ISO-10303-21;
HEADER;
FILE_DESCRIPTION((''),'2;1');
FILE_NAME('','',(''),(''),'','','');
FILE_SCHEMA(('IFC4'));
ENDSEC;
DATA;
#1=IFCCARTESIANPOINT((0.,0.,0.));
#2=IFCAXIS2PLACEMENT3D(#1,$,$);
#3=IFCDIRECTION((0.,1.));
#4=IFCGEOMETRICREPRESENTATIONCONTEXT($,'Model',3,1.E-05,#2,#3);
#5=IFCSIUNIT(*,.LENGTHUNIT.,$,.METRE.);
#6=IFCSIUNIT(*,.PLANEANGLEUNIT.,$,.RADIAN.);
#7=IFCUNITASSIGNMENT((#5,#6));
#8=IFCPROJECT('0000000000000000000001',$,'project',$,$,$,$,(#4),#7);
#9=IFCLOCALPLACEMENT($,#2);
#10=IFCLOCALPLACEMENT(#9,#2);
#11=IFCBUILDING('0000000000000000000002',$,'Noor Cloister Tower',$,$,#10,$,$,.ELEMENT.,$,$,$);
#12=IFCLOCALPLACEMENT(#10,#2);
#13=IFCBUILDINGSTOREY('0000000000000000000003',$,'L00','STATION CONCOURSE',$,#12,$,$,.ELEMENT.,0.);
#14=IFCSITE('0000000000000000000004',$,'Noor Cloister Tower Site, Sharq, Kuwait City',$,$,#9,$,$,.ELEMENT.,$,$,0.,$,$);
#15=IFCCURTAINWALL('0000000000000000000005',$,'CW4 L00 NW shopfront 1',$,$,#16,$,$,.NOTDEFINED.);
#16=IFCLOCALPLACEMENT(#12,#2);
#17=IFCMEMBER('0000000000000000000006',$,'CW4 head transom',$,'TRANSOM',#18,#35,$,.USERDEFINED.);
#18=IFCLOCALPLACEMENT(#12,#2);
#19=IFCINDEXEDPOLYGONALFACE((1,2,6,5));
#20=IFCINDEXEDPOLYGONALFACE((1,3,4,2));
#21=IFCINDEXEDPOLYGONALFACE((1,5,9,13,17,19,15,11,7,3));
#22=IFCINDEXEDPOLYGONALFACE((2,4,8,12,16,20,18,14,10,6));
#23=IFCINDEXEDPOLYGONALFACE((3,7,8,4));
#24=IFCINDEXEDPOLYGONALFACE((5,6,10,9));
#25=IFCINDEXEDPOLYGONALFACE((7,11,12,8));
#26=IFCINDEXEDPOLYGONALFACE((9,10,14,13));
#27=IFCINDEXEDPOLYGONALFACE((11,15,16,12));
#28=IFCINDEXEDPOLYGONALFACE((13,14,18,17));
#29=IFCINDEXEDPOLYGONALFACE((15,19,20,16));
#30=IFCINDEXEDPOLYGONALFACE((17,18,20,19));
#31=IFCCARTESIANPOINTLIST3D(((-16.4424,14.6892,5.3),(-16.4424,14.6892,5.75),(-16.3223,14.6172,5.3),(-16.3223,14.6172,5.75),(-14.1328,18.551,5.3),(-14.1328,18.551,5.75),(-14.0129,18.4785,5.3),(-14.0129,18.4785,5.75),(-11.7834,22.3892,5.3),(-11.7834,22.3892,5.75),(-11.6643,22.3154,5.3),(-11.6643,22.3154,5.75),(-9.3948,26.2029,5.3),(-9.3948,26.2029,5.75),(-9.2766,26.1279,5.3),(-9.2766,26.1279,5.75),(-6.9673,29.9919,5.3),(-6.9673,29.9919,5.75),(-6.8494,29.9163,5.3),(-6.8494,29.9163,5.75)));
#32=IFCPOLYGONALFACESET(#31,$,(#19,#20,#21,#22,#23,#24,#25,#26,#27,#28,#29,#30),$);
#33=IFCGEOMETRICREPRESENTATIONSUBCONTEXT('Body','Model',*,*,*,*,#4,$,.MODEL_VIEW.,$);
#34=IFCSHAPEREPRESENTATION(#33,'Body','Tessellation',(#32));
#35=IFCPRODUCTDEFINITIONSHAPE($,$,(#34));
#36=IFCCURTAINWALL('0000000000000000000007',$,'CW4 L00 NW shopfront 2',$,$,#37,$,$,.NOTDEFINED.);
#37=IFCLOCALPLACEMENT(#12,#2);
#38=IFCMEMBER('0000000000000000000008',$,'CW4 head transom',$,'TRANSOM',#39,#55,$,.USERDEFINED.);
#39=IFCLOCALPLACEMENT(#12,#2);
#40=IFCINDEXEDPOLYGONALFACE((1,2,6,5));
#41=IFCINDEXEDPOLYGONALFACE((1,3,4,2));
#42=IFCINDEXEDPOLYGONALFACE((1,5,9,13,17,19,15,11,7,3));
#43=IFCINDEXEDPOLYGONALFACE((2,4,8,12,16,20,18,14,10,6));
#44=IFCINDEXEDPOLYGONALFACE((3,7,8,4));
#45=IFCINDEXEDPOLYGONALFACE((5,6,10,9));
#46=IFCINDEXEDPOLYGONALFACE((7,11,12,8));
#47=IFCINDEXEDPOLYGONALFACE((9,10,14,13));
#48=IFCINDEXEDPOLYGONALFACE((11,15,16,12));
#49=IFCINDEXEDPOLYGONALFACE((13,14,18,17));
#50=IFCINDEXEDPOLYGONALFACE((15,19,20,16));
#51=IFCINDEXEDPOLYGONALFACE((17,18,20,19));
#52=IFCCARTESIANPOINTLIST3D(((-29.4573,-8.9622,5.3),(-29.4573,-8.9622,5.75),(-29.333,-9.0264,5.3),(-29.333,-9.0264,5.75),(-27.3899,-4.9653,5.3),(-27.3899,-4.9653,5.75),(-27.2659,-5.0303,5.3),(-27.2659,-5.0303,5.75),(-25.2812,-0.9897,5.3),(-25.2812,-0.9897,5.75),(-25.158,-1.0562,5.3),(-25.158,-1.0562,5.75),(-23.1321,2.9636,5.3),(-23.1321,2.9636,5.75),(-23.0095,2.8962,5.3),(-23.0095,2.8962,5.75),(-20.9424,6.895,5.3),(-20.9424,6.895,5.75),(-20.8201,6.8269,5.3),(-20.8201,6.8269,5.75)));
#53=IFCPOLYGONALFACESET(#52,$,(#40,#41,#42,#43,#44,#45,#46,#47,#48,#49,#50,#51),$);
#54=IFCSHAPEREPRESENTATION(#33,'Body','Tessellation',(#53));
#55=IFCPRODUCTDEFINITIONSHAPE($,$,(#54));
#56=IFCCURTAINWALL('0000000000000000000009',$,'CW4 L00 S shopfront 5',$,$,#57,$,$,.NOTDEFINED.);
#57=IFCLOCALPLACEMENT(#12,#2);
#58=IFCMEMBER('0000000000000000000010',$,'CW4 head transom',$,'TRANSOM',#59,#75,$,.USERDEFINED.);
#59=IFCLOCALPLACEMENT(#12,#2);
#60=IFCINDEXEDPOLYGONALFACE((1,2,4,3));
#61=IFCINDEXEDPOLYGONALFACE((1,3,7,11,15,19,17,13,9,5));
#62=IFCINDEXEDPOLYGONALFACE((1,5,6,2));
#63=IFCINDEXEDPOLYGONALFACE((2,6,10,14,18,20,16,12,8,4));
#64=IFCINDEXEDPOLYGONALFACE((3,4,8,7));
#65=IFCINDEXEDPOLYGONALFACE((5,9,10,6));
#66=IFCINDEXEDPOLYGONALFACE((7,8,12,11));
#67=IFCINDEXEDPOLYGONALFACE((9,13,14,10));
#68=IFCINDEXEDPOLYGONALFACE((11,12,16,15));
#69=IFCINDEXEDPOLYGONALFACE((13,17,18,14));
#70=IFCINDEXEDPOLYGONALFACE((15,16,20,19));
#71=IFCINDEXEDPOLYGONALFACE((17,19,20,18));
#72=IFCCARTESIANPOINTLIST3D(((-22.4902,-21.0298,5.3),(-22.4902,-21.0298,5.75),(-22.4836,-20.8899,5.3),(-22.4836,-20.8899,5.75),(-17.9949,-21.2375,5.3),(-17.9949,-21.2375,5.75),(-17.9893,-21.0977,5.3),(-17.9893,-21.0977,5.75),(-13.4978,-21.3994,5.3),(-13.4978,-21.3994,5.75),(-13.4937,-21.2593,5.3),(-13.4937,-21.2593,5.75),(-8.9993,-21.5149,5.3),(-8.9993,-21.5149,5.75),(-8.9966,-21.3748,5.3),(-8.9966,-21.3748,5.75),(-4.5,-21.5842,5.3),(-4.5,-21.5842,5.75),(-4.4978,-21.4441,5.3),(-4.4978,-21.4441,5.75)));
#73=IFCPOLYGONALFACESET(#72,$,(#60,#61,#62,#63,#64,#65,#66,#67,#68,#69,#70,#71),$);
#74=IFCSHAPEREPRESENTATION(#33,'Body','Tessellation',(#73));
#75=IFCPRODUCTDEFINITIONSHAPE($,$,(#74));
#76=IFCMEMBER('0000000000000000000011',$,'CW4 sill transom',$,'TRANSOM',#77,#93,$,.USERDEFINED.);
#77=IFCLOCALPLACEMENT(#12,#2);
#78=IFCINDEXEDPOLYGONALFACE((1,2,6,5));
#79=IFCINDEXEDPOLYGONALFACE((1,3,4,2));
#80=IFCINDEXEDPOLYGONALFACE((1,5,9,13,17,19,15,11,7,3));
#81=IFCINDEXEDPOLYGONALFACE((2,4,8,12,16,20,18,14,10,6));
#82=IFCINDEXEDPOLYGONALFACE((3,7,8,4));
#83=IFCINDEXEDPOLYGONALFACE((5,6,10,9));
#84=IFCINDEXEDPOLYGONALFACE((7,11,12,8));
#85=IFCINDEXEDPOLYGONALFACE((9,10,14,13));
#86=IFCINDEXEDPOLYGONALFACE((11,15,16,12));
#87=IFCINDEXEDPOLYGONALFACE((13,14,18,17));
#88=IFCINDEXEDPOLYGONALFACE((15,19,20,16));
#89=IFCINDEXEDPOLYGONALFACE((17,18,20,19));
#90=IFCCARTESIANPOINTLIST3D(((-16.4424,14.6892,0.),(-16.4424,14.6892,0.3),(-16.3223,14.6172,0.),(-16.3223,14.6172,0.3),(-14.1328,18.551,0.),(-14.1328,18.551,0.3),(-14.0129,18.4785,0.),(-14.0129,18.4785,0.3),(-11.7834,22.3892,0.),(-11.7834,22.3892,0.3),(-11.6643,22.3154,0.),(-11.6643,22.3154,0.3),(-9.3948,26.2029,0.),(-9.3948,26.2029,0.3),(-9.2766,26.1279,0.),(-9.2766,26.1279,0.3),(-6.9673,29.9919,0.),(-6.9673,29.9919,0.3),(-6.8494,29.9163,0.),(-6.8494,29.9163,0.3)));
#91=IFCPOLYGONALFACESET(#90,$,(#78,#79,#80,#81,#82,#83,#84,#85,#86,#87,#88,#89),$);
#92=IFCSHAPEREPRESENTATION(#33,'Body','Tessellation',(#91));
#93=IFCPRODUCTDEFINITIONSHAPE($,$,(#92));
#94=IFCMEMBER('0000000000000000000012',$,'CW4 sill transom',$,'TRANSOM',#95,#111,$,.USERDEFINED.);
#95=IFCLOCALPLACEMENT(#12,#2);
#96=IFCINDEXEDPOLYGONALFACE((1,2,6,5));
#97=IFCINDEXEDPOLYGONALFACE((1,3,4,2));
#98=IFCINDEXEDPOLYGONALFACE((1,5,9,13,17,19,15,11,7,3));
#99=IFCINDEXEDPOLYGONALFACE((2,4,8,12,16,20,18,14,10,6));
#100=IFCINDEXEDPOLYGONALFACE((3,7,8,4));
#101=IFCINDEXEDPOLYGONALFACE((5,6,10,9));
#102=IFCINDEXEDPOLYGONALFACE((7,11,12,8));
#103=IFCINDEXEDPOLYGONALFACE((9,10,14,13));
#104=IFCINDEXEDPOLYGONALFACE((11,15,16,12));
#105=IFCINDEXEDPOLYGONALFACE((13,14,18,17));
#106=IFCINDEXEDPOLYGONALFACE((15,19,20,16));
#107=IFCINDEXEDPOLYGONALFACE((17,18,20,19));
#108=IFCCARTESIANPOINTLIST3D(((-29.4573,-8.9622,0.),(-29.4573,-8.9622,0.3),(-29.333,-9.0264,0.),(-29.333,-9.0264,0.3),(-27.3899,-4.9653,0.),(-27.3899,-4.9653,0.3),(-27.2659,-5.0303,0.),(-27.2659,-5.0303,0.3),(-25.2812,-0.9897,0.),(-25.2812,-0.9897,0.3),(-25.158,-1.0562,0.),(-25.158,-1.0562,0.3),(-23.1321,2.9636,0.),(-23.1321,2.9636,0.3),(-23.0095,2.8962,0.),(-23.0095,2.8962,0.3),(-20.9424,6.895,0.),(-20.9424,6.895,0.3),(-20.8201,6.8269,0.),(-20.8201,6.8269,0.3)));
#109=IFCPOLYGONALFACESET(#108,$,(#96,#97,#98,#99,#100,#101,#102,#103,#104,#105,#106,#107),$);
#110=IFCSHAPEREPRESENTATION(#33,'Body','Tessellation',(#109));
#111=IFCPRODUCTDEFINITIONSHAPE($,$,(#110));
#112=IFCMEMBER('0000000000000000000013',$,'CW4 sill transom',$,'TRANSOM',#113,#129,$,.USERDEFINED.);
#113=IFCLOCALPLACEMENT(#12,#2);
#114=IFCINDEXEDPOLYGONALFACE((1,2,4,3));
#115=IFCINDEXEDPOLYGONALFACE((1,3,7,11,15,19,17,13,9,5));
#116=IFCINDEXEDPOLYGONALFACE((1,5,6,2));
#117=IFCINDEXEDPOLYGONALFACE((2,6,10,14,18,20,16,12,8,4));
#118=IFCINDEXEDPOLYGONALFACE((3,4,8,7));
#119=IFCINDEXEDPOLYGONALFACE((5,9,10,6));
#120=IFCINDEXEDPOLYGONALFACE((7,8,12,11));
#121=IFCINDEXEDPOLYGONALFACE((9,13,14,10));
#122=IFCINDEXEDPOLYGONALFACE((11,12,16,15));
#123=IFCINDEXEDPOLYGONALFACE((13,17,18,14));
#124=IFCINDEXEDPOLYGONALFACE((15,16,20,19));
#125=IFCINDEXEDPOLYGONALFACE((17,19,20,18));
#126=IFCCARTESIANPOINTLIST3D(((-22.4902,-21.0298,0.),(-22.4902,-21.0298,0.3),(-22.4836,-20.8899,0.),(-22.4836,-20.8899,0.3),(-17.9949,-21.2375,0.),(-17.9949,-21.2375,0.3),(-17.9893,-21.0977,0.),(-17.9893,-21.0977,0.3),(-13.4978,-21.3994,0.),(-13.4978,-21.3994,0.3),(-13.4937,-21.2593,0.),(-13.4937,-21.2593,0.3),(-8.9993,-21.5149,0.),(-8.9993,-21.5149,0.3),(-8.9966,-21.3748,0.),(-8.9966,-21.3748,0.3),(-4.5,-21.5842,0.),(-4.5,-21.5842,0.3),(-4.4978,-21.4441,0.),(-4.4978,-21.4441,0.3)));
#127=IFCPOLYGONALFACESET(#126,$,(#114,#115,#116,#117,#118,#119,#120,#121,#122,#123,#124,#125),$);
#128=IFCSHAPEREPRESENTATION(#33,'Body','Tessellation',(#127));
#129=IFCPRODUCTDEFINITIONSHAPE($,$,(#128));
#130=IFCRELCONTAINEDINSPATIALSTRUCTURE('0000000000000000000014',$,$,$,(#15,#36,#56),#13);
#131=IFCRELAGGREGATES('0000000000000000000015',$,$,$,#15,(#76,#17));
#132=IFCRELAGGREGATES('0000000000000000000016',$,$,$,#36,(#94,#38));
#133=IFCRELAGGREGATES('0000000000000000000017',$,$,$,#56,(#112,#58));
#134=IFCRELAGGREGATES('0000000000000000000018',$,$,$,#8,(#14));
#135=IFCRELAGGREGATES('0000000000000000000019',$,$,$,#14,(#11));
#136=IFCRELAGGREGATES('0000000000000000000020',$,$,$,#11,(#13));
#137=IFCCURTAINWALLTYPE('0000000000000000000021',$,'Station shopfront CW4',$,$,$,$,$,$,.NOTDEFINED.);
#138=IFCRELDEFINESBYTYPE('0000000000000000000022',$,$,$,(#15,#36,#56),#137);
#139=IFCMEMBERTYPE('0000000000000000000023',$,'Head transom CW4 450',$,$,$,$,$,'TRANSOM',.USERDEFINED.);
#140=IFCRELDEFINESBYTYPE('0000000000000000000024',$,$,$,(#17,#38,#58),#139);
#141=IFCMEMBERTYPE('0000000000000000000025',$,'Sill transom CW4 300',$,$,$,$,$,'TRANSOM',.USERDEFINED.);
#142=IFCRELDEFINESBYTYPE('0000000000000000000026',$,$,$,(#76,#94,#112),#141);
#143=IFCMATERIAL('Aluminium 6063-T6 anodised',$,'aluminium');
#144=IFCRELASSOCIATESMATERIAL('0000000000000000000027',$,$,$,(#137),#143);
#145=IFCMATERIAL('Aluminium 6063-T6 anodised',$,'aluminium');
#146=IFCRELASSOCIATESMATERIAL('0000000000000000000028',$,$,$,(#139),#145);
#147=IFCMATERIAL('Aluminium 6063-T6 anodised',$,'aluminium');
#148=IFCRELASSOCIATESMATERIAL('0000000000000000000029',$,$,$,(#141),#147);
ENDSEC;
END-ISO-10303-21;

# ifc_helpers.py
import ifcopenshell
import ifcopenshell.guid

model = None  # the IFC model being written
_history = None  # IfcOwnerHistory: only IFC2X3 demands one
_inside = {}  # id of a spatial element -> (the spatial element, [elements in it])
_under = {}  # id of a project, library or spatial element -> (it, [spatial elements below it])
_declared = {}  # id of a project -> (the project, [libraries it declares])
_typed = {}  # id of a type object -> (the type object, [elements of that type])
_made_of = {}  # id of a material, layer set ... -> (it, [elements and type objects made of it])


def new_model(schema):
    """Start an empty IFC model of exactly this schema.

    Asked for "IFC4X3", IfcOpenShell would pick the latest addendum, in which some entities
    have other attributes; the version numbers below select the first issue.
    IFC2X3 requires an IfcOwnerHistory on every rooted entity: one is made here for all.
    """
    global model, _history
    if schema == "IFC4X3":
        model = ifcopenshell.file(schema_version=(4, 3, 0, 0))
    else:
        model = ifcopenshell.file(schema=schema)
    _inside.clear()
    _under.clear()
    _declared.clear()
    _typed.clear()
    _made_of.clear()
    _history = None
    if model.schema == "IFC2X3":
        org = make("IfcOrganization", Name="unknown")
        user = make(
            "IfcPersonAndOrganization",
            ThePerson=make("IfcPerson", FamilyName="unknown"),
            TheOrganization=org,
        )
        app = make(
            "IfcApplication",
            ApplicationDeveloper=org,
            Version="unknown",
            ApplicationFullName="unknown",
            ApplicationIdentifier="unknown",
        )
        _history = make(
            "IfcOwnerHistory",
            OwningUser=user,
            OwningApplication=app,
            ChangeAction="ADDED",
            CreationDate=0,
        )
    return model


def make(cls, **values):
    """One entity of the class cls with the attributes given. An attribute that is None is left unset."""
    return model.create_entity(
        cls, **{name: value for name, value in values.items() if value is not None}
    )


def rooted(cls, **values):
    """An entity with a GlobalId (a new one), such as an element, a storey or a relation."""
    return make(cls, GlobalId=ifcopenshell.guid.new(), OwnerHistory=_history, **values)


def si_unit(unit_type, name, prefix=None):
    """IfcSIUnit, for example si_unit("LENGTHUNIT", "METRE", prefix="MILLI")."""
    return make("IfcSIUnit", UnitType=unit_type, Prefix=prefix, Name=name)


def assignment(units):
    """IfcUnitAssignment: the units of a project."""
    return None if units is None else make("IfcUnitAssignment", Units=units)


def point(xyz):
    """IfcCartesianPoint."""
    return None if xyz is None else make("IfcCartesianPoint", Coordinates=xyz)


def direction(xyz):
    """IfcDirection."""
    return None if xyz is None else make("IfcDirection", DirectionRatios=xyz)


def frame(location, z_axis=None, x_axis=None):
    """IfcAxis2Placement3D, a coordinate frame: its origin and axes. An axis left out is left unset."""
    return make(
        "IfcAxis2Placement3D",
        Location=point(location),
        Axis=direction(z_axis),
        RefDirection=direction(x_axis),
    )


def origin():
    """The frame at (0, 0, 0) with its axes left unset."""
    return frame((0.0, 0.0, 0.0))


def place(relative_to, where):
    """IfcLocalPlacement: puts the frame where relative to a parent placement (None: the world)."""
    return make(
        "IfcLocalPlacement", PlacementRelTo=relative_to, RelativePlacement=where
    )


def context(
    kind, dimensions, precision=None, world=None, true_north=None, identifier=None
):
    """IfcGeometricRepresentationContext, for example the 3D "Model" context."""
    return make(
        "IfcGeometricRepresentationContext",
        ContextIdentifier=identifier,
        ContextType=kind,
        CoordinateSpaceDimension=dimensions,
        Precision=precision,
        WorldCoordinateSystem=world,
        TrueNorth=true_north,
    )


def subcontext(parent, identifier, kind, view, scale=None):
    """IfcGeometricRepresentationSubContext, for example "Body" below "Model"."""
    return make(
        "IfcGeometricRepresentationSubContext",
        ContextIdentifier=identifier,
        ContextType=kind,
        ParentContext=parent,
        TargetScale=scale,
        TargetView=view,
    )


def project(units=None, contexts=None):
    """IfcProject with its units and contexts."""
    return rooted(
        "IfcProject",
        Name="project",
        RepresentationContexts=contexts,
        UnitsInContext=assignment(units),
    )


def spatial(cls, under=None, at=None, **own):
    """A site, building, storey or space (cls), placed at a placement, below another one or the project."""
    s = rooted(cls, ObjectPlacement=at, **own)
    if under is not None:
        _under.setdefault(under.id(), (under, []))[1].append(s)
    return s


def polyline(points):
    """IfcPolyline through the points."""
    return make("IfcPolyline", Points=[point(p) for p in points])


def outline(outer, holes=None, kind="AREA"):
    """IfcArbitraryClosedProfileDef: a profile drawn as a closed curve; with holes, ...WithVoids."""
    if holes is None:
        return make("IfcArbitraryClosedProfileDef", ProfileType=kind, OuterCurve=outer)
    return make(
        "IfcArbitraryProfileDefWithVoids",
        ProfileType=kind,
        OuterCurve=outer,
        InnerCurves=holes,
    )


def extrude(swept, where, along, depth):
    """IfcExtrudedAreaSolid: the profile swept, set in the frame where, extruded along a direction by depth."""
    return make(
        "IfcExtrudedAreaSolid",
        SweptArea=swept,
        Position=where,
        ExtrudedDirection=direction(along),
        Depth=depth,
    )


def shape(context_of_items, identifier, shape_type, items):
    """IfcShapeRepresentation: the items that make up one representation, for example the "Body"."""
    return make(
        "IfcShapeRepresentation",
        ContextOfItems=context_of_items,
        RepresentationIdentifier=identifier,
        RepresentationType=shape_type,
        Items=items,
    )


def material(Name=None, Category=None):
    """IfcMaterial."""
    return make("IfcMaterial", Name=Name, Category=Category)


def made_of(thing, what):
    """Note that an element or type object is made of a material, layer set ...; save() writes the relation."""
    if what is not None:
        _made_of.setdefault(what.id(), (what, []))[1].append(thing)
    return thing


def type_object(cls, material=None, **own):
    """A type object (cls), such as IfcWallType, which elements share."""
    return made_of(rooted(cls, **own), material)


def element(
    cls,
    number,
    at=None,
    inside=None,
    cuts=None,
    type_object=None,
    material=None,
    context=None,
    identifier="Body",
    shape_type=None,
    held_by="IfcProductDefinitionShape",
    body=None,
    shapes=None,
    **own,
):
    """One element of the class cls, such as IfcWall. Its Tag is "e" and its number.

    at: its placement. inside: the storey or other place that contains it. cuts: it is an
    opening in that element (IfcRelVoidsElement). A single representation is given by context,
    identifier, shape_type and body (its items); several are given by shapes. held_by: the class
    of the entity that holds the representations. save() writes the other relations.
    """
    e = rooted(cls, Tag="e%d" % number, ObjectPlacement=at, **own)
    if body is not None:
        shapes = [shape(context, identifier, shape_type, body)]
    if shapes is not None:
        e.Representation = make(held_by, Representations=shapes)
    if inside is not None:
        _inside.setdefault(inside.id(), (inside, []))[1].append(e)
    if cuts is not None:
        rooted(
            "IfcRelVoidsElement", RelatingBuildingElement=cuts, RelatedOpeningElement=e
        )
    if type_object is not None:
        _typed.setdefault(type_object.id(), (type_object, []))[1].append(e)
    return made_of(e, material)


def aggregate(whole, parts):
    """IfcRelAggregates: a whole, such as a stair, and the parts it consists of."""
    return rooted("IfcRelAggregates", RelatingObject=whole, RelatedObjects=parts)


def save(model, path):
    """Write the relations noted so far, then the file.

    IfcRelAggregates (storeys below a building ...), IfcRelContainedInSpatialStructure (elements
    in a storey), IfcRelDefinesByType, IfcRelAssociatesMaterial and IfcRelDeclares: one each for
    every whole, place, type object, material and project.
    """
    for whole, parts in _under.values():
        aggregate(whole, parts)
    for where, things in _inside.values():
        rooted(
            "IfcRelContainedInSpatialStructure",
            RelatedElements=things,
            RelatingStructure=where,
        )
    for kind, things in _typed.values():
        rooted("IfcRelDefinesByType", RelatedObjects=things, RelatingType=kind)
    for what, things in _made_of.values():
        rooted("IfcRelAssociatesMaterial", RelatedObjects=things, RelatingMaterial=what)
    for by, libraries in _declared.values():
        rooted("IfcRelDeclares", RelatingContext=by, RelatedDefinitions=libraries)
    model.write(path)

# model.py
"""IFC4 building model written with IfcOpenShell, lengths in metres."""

from ifc_helpers import new_model, si_unit, direction, frame, origin, place, context, subcontext, project, spatial, polyline, outline, extrude, material, type_object, element, aggregate, save


model = new_model("IFC4")

# Units and contexts
model_context = context("Model", 3, precision=1e-05, world=origin(), true_north=direction((0.0, 1.0)))
body_context = subcontext(model_context, "Body", "Model", "MODEL_VIEW")
ifc_project = project(units=[si_unit("LENGTHUNIT", "METRE"), si_unit("PLANEANGLEUNIT", "RADIAN")], contexts=[model_context])

# Site, building, storey
site_placement = place(None, origin())
site = spatial("IfcSite", under=ifc_project, at=site_placement, Name="Noor Cloister Tower Site, Sharq, Kuwait City", CompositionType="ELEMENT", RefElevation=0.0)
building_placement = place(site_placement, origin())
building = spatial("IfcBuilding", under=site, at=building_placement, Name="Noor Cloister Tower", CompositionType="ELEMENT")
storey_placement = place(building_placement, origin())
storey = spatial("IfcBuildingStorey", under=building, at=storey_placement, Name="L00", Description="STATION CONCOURSE", CompositionType="ELEMENT", Elevation=0.0)

# Curtain walls, members
ifc_material_1 = material(Name="Aluminium 6063-T6 anodised", Category="aluminium")
curtain_wall_type = type_object("IfcCurtainWallType", Name="Station shopfront CW4", PredefinedType="NOTDEFINED", material=ifc_material_1)
curtain_wall_1_placement = place(storey_placement, origin())
curtain_wall_1 = element("IfcCurtainWall", 1, at=curtain_wall_1_placement, inside=storey, type_object=curtain_wall_type, Name="CW4 L00 NW shopfront 1", PredefinedType="NOTDEFINED")
ifc_material_2 = material(Name="Aluminium 6063-T6 anodised", Category="aluminium")
member_type_1 = type_object("IfcMemberType", Name="Head transom CW4 450", ElementType="TRANSOM", PredefinedType="USERDEFINED", material=ifc_material_2)
member_1_placement = place(storey_placement, frame((0.0, 0.0, 5.3)))
member_1 = element("IfcMember", 2, at=member_1_placement, type_object=member_type_1, Name="CW4 head transom", ObjectType="TRANSOM", PredefinedType="USERDEFINED", context=body_context, shape_type="SweptSolid", body=[
    extrude(outline(polyline([(-6.9673, 29.9919), (-9.3948, 26.2029), (-11.7834, 22.3892), (-14.1328, 18.551), (-16.4424, 14.6892), (-16.3223, 14.6172), (-14.0129, 18.4785), (-11.6643, 22.3154), (-9.2766, 26.1279), (-6.8494, 29.9163), (-6.9673, 29.9919)])), origin(), (0.0, 0.0, 1.0), 0.45),
])
curtain_wall_2_placement = place(storey_placement, origin())
curtain_wall_2 = element("IfcCurtainWall", 3, at=curtain_wall_2_placement, inside=storey, type_object=curtain_wall_type, Name="CW4 L00 NW shopfront 2", PredefinedType="NOTDEFINED")
member_2_placement = place(storey_placement, frame((0.0, 0.0, 5.3)))
member_2 = element("IfcMember", 4, at=member_2_placement, type_object=member_type_1, Name="CW4 head transom", ObjectType="TRANSOM", PredefinedType="USERDEFINED", context=body_context, shape_type="SweptSolid", body=[
    extrude(outline(polyline([(-20.9424, 6.895), (-23.1321, 2.9636), (-25.2812, -0.9897), (-27.3899, -4.9653), (-29.4573, -8.9622), (-29.333, -9.0264), (-27.2659, -5.0303), (-25.158, -1.0562), (-23.0095, 2.8962), (-20.8201, 6.8269), (-20.9424, 6.895)])), origin(), (0.0, 0.0, 1.0), 0.45),
])
curtain_wall_3_placement = place(storey_placement, origin())
curtain_wall_3 = element("IfcCurtainWall", 5, at=curtain_wall_3_placement, inside=storey, type_object=curtain_wall_type, Name="CW4 L00 S shopfront 5", PredefinedType="NOTDEFINED")
member_3_placement = place(storey_placement, frame((0.0, 0.0, 5.3)))
member_3 = element("IfcMember", 6, at=member_3_placement, type_object=member_type_1, Name="CW4 head transom", ObjectType="TRANSOM", PredefinedType="USERDEFINED", context=body_context, shape_type="SweptSolid", body=[
    extrude(outline(polyline([(-22.4902, -21.0298), (-17.9949, -21.2375), (-13.4978, -21.3994), (-8.9993, -21.5149), (-4.5, -21.5842), (-4.4978, -21.4441), (-8.9966, -21.3748), (-13.4937, -21.2593), (-17.9893, -21.0977), (-22.4836, -20.8899), (-22.4902, -21.0298)])), origin(), (0.0, 0.0, 1.0), 0.45),
])

# Members
ifc_material_3 = material(Name="Aluminium 6063-T6 anodised", Category="aluminium")
member_type_2 = type_object("IfcMemberType", Name="Sill transom CW4 300", ElementType="TRANSOM", PredefinedType="USERDEFINED", material=ifc_material_3)
member_4_placement = place(storey_placement, origin())
member_4 = element("IfcMember", 7, at=member_4_placement, type_object=member_type_2, Name="CW4 sill transom", ObjectType="TRANSOM", PredefinedType="USERDEFINED", context=body_context, shape_type="SweptSolid", body=[
    extrude(outline(polyline([(-6.9673, 29.9919), (-9.3948, 26.2029), (-11.7834, 22.3892), (-14.1328, 18.551), (-16.4424, 14.6892), (-16.3223, 14.6172), (-14.0129, 18.4785), (-11.6643, 22.3154), (-9.2766, 26.1279), (-6.8494, 29.9163), (-6.9673, 29.9919)])), origin(), (0.0, 0.0, 1.0), 0.3),
])
aggregate(curtain_wall_1, [member_4, member_1])
member_5_placement = place(storey_placement, origin())
member_5 = element("IfcMember", 8, at=member_5_placement, type_object=member_type_2, Name="CW4 sill transom", ObjectType="TRANSOM", PredefinedType="USERDEFINED", context=body_context, shape_type="SweptSolid", body=[
    extrude(outline(polyline([(-20.9424, 6.895), (-23.1321, 2.9636), (-25.2812, -0.9897), (-27.3899, -4.9653), (-29.4573, -8.9622), (-29.333, -9.0264), (-27.2659, -5.0303), (-25.158, -1.0562), (-23.0095, 2.8962), (-20.8201, 6.8269), (-20.9424, 6.895)])), origin(), (0.0, 0.0, 1.0), 0.3),
])
aggregate(curtain_wall_2, [member_5, member_2])
member_6_placement = place(storey_placement, origin())
member_6 = element("IfcMember", 9, at=member_6_placement, type_object=member_type_2, Name="CW4 sill transom", ObjectType="TRANSOM", PredefinedType="USERDEFINED", context=body_context, shape_type="SweptSolid", body=[
    extrude(outline(polyline([(-22.4902, -21.0298), (-17.9949, -21.2375), (-13.4978, -21.3994), (-8.9993, -21.5149), (-4.5, -21.5842), (-4.4978, -21.4441), (-8.9966, -21.3748), (-13.4937, -21.2593), (-17.9893, -21.0977), (-22.4836, -20.8899), (-22.4902, -21.0298)])), origin(), (0.0, 0.0, 1.0), 0.3),
])
aggregate(curtain_wall_3, [member_6, member_3])

save(model, "model.ifc")
